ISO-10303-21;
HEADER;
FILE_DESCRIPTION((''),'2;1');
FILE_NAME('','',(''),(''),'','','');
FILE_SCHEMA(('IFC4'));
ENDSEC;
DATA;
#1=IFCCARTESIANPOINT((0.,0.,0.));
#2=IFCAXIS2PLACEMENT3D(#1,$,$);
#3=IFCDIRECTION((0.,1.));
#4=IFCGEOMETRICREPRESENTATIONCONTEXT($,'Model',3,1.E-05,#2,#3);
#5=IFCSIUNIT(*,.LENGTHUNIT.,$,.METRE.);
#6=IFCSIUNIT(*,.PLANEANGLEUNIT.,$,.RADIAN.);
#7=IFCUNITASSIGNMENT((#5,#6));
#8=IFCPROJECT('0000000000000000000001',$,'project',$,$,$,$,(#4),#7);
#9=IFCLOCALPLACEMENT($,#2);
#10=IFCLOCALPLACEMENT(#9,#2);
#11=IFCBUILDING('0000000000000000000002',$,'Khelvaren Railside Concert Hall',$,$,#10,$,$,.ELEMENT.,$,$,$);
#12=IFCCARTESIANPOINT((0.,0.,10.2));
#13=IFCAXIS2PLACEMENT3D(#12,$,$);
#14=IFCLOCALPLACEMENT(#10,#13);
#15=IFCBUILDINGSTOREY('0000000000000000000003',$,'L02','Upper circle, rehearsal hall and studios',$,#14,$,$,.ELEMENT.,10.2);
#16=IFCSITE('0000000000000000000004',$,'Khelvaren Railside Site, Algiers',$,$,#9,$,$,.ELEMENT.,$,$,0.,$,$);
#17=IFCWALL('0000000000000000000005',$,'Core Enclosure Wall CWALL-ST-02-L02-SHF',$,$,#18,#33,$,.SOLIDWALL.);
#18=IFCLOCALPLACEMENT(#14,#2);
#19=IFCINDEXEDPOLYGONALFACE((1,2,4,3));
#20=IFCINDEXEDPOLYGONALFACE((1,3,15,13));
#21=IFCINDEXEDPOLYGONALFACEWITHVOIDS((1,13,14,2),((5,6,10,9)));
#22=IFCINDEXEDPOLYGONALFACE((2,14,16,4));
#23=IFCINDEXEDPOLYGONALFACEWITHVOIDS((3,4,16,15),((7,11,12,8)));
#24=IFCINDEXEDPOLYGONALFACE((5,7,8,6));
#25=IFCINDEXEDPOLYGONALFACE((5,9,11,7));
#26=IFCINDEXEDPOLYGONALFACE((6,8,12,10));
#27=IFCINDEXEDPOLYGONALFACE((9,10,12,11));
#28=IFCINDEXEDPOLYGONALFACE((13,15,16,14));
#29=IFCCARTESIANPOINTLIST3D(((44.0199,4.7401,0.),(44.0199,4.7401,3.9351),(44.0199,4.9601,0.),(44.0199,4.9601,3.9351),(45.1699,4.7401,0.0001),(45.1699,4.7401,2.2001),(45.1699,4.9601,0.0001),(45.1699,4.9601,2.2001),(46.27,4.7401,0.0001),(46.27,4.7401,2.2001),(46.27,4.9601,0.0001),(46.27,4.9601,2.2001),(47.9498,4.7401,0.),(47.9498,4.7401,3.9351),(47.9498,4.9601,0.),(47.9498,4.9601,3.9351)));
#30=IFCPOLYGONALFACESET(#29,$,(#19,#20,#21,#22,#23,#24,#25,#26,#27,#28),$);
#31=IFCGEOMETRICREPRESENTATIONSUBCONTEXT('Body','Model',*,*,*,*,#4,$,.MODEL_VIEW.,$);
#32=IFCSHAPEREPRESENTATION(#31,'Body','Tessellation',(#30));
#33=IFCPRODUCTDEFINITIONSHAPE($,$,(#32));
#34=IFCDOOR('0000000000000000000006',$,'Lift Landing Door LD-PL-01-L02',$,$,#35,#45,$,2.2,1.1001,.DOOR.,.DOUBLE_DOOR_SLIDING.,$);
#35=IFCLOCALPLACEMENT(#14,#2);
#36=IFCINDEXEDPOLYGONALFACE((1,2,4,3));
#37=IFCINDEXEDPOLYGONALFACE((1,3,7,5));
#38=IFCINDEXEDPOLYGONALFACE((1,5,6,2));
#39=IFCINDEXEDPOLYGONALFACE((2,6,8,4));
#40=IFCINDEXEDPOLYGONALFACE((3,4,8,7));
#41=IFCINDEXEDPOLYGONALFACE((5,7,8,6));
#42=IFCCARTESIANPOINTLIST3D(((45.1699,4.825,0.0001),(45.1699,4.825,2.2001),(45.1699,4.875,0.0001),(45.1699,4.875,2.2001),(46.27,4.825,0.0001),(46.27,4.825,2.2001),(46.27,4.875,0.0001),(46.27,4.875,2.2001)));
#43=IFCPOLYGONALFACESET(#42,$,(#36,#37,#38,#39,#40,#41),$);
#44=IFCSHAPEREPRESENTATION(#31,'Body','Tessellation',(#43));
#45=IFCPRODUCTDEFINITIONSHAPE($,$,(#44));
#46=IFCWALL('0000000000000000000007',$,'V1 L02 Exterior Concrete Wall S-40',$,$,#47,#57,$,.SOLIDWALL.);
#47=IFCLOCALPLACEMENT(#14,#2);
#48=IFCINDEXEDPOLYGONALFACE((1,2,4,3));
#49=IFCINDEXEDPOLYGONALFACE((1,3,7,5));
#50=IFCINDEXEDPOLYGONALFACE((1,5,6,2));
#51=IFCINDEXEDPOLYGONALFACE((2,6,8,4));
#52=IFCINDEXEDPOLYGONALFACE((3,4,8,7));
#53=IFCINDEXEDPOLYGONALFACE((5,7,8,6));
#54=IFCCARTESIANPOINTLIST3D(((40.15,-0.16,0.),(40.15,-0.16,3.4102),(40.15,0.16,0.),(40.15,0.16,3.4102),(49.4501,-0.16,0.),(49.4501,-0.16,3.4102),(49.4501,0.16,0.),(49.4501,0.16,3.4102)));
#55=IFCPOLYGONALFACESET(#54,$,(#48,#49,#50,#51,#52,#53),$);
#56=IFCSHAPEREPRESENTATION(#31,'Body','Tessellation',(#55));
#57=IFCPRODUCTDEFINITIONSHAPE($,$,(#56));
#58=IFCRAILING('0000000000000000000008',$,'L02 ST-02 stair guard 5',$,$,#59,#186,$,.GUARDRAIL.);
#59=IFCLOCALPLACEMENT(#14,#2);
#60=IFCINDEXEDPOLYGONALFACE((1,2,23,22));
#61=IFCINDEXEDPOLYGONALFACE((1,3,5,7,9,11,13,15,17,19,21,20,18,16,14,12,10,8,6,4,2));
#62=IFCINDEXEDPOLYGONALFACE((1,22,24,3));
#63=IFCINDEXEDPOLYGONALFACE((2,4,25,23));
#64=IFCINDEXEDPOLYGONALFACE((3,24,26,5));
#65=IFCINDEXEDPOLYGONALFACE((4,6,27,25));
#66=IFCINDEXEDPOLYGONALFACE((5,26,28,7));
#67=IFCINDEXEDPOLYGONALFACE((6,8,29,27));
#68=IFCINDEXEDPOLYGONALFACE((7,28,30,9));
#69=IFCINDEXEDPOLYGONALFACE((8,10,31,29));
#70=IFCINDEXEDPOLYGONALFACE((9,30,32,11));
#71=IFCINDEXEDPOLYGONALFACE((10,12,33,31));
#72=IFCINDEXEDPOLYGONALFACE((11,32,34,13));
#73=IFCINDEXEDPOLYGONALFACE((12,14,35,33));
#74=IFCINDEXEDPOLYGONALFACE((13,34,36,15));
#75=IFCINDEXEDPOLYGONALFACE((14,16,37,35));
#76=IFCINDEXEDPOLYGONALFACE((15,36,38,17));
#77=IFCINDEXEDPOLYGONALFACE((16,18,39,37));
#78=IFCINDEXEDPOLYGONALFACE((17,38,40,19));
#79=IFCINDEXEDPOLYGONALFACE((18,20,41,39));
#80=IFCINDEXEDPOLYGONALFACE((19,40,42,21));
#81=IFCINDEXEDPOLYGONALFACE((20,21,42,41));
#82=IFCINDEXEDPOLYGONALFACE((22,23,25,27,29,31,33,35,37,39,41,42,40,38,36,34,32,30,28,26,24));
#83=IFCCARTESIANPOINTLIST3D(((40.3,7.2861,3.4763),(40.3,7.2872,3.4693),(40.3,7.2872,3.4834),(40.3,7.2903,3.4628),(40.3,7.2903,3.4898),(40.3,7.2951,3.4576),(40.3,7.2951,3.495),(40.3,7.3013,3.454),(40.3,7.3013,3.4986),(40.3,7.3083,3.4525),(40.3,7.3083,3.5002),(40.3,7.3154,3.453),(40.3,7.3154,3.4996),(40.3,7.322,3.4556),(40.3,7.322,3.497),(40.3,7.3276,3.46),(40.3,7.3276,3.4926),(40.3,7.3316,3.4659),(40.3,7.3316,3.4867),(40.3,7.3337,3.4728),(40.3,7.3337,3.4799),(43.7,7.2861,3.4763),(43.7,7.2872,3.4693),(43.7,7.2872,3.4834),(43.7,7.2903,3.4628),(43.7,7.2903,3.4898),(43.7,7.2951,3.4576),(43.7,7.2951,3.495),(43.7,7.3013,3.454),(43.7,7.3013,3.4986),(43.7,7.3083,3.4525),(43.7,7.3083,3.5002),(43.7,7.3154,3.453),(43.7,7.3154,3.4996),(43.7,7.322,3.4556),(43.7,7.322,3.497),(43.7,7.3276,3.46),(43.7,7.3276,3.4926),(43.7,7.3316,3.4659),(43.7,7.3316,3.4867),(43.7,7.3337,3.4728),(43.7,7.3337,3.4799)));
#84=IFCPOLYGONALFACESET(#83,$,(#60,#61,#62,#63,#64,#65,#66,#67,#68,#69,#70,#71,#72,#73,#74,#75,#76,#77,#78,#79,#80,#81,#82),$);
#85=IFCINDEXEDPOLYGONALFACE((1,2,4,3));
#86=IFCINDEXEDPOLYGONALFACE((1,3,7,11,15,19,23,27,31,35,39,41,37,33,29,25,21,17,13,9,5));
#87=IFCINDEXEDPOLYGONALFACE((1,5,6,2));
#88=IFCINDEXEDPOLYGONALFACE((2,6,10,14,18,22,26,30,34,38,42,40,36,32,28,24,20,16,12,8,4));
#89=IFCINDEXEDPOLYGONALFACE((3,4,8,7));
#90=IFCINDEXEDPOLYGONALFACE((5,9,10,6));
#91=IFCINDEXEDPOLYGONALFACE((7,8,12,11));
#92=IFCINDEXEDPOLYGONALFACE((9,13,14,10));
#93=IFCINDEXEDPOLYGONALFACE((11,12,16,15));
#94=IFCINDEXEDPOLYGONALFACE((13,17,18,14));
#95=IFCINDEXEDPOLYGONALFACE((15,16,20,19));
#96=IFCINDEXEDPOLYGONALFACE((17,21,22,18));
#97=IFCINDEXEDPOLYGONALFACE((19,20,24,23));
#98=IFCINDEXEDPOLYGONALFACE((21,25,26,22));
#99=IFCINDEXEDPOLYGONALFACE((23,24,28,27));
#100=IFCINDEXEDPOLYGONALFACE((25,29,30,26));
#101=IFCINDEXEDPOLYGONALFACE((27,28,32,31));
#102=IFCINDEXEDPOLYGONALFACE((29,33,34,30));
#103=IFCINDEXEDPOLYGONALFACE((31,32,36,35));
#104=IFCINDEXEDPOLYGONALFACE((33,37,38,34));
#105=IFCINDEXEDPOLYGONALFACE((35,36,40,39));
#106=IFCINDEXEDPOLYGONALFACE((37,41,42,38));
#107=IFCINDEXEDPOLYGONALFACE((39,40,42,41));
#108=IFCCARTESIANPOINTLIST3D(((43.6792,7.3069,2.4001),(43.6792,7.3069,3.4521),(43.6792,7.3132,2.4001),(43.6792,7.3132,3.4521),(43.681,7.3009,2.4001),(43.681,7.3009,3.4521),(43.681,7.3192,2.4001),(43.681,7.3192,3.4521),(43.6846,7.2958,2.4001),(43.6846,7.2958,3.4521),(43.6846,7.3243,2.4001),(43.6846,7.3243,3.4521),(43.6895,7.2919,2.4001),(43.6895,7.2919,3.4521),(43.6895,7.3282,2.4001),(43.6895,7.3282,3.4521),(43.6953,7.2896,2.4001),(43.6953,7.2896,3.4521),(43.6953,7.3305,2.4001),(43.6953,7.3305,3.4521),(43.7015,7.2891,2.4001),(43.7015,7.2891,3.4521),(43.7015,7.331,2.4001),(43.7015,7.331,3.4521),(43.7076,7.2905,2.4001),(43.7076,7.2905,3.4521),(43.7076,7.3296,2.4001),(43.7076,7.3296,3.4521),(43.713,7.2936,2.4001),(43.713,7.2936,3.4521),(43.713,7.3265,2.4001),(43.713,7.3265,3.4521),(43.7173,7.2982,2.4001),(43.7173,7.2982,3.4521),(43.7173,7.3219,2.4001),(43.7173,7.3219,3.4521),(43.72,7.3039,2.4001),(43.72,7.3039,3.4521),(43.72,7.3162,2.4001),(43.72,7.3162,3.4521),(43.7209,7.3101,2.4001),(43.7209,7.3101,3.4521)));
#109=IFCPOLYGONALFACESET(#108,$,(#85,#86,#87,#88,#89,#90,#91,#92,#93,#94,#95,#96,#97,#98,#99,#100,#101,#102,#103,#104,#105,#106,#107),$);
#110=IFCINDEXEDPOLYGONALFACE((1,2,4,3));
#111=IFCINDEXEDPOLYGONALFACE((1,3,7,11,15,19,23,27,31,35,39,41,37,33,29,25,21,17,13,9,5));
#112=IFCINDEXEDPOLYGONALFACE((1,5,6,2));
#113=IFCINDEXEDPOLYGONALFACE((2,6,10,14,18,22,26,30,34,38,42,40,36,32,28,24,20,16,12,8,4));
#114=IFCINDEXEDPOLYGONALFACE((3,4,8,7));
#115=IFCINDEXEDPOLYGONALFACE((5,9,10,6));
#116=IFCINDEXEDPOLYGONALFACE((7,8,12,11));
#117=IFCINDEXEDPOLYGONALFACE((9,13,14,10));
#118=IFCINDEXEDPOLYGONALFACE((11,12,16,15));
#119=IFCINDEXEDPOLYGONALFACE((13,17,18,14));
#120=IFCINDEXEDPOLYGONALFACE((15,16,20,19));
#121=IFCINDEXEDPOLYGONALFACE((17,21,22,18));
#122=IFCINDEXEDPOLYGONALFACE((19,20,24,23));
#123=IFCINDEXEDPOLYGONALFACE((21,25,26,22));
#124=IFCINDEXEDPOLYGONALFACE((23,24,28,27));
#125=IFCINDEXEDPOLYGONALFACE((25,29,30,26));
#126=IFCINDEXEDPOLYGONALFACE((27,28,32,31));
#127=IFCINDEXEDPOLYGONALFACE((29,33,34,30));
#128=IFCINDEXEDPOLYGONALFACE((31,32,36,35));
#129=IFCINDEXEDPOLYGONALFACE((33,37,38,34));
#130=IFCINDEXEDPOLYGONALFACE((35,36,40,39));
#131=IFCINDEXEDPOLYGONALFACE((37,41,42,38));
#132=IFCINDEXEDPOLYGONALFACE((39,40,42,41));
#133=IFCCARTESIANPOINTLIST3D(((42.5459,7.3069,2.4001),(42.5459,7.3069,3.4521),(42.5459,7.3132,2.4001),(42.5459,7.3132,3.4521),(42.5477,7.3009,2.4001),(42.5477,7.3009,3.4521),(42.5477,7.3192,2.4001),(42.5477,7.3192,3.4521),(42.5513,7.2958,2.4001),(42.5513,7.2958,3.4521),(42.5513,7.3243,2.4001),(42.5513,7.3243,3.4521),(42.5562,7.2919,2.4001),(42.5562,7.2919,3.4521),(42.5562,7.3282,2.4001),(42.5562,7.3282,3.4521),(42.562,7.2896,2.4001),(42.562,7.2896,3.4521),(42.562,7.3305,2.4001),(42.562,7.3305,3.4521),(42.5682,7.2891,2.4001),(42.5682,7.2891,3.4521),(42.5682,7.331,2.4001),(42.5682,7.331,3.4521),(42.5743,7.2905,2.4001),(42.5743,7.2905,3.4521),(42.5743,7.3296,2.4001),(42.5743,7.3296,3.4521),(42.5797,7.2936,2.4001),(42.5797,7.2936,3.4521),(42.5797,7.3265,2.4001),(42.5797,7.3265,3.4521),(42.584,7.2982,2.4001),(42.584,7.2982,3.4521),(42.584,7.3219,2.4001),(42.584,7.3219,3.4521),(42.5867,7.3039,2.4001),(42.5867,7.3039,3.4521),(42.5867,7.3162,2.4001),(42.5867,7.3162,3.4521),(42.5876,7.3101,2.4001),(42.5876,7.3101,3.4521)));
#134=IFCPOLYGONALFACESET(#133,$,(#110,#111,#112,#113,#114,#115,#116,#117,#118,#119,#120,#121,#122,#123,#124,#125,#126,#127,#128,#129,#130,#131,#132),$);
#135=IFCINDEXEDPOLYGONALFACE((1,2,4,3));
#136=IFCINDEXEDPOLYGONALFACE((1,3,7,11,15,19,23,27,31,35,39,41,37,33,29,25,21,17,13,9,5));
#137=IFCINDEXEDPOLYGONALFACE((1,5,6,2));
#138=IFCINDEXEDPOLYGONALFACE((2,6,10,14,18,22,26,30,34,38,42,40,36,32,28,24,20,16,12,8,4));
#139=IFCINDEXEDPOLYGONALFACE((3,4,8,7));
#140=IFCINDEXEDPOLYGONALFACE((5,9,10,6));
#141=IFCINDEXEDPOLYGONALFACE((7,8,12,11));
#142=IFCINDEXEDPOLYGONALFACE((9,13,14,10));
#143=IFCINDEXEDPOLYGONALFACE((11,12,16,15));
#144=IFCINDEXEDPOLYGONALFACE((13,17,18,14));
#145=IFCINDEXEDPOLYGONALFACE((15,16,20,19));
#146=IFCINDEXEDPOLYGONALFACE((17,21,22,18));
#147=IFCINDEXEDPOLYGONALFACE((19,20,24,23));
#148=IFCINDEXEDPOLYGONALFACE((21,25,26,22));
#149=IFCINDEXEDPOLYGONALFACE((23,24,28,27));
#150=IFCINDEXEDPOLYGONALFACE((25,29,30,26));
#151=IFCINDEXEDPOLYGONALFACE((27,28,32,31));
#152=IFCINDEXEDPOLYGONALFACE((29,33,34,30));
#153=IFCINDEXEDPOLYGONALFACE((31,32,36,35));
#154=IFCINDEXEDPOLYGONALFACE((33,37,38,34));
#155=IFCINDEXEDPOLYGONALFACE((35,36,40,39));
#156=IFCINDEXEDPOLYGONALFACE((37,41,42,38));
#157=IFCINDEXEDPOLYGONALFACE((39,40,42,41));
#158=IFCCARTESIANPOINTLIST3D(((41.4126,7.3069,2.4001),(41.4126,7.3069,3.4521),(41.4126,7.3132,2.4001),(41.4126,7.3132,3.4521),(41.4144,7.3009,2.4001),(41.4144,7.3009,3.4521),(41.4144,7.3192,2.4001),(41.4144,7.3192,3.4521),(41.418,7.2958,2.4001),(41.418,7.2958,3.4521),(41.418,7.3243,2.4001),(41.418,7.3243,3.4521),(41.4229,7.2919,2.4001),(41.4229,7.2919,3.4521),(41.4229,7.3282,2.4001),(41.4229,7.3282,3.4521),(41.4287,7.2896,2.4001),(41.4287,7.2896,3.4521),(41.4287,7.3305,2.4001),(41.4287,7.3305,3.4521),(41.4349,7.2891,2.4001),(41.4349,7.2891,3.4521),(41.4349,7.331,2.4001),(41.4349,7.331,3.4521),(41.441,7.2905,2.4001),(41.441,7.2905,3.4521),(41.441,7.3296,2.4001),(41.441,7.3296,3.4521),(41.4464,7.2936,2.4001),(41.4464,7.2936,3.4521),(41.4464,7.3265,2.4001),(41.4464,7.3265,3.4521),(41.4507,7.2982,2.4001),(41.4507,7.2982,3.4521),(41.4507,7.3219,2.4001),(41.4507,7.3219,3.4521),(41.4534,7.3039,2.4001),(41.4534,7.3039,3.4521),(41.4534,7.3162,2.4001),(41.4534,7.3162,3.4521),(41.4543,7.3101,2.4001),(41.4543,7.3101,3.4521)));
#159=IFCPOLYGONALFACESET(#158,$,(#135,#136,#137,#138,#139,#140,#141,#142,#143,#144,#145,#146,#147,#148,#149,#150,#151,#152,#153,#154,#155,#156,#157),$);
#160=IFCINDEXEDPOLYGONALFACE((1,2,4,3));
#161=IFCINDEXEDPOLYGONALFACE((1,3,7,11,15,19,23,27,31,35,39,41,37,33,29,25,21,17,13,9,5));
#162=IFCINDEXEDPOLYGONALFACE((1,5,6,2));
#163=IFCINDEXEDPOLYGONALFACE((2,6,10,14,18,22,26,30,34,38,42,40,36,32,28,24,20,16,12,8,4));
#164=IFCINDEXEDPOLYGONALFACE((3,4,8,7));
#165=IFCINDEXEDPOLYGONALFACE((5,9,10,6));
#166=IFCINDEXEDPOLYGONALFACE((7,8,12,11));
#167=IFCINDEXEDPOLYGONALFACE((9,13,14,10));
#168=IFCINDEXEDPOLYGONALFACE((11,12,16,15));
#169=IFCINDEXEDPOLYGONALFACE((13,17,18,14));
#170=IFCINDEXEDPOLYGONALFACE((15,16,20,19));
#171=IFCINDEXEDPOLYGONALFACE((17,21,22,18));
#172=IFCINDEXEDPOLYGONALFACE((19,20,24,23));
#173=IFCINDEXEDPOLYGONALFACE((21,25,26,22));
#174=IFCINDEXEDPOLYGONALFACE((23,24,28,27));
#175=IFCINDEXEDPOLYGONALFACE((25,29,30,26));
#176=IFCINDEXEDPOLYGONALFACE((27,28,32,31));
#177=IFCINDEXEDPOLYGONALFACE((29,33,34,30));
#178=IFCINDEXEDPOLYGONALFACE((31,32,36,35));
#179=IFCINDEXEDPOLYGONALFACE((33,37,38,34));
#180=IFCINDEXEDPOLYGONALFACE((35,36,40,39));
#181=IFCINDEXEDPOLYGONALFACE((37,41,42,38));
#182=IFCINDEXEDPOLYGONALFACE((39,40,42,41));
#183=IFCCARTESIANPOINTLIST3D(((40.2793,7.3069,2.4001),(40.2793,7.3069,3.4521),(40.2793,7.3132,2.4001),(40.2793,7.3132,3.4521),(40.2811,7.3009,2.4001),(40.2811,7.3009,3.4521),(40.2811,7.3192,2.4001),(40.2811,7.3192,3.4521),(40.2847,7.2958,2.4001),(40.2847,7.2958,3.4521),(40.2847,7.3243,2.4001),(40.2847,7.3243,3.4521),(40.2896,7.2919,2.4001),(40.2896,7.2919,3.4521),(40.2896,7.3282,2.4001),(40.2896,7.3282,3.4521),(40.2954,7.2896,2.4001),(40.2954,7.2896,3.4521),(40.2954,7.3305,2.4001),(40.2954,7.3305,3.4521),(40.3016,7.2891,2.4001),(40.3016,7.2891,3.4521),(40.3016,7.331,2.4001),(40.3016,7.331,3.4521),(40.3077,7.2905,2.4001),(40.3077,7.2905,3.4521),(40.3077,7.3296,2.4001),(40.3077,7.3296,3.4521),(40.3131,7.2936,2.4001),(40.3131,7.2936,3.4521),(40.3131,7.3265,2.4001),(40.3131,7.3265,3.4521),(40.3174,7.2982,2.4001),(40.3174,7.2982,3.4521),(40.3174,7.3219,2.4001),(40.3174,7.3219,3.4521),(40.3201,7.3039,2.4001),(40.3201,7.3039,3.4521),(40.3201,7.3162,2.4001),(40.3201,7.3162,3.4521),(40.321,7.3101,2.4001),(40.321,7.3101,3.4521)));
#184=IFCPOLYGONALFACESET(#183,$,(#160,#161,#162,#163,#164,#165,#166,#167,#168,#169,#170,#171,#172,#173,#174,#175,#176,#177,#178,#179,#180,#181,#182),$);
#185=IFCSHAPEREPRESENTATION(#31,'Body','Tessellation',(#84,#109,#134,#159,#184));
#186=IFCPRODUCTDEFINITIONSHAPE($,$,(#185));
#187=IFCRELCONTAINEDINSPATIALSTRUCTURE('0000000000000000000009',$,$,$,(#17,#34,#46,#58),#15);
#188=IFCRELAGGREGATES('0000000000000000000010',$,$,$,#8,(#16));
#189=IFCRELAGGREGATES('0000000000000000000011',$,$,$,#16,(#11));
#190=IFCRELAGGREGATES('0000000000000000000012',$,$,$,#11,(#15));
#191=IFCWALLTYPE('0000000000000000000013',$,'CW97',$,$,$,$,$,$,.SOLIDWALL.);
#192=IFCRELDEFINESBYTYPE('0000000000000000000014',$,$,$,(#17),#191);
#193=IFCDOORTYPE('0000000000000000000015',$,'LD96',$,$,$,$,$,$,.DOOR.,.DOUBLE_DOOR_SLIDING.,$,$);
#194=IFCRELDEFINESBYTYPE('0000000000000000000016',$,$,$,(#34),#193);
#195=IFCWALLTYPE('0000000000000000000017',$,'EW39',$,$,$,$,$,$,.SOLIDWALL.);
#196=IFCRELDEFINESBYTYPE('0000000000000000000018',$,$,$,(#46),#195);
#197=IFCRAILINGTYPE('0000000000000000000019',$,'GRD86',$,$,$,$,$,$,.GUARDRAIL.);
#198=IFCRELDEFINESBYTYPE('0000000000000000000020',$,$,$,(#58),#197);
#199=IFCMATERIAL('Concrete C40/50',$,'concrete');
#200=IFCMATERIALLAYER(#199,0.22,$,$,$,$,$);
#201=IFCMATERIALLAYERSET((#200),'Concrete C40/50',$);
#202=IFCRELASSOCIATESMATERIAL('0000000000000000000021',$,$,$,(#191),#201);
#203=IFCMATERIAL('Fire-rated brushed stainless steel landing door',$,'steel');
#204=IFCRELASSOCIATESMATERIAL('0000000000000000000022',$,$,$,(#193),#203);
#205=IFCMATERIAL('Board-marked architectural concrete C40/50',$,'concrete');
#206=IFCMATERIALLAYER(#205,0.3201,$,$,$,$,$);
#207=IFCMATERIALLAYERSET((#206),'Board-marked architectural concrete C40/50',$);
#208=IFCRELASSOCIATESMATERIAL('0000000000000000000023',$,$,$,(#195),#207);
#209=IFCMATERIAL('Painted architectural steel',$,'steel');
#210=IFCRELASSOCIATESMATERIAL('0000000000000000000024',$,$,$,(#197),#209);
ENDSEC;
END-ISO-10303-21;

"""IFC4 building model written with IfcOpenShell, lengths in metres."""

from ifc_helpers import new_model, si_unit, direction, frame, frame_2d, origin, origin_2d, place, context, subcontext, project, spatial, rectangle, circle, extrude, material, layer, layer_set, type_object, element, fill, save


model = new_model("IFC4")

# Units and contexts
model_context = context("Model", 3, precision=1e-05, world=origin(), true_north=direction((0.0, 1.0)))
body_context = subcontext(model_context, "Body", "Model", "MODEL_VIEW")
ifc_project = project(units=[si_unit("LENGTHUNIT", "METRE"), si_unit("PLANEANGLEUNIT", "RADIAN")], contexts=[model_context])

# Site, building, storey
site_placement = place(None, origin())
site = spatial("IfcSite", under=ifc_project, at=site_placement, Name="Khelvaren Railside Site, Algiers", CompositionType="ELEMENT", RefElevation=0.0)
building_placement = place(site_placement, origin())
building = spatial("IfcBuilding", under=site, at=building_placement, Name="Khelvaren Railside Concert Hall", CompositionType="ELEMENT")
storey_placement = place(building_placement, frame((0.0, 0.0, 10.2)))
storey = spatial("IfcBuildingStorey", under=building, at=storey_placement, Name="L02", Description="Upper circle, rehearsal hall and studios", CompositionType="ELEMENT", Elevation=10.2)

# Shared definitions
ifc_material_1 = material(Name="Concrete C40/50", Category="concrete")

# Wall, opening, door
ifc_layer_1 = layer(ifc_material_1, 0.22)
ifc_layer_set_1 = layer_set([ifc_layer_1], Name="Concrete C40/50")
wall_type_1 = type_object("IfcWallType", Name="CW97", PredefinedType="SOLIDWALL", material=ifc_layer_set_1)
wall_1_placement = place(storey_placement, frame((44.02, 4.8501, 0.0), z_axis=(0.0, 0.0, 1.0), x_axis=(1.0, 0.0, 0.0)))
wall_1 = element("IfcWall", 1, at=wall_1_placement, inside=storey, type_object=wall_type_1, Name="Core Enclosure Wall CWALL-ST-02-L02-SHF", PredefinedType="SOLIDWALL", context=body_context, shape_type="SweptSolid", body=[
    extrude(rectangle(XDim=3.9299, YDim=0.22, at=frame_2d((1.9648, 0.0))), origin(), (0.0, 0.0, 1.0), 3.9351),
])
opening_1_placement = place(wall_1_placement, frame((1.1499, 0.0, 0.0)))
opening_1 = element("IfcOpeningElement", 2, at=opening_1_placement, cuts=wall_1, PredefinedType="OPENING", context=body_context, shape_type="SweptSolid", body=[
    extrude(rectangle(XDim=1.1001, YDim=2.2, at=frame_2d((0.55, 1.1001))), frame((0.0, 0.1199, 0.0), z_axis=(0.0, -1.0, 0.0), x_axis=(1.0, 0.0, 0.0)), (0.0, 0.0, 1.0), 0.24),
])
ifc_material_2 = material(Name="Fire-rated brushed stainless steel landing door", Category="steel")
door_type_1 = type_object("IfcDoorType", Name="LD96", OperationType="DOUBLE_DOOR_SLIDING", PredefinedType="DOOR", material=ifc_material_2)
door_1_placement = place(opening_1_placement, origin())
door_1 = element("IfcDoor", 3, at=door_1_placement, inside=storey, type_object=door_type_1, Name="Lift Landing Door LD-PL-01-L02", OperationType="DOUBLE_DOOR_SLIDING", OverallHeight=2.2, OverallWidth=1.1001, PredefinedType="DOOR", context=body_context, shape_type="SweptSolid", body=[
    extrude(rectangle(XDim=1.1001, YDim=2.2, at=frame_2d((0.55, 1.1001))), frame((0.0, 0.0249, 0.0), z_axis=(0.0, -1.0, 0.0), x_axis=(1.0, 0.0, 0.0)), (0.0, 0.0, 1.0), 0.05),
])
fill(opening_1, door_1)

# Wall
ifc_material_3 = material(Name="Board-marked architectural concrete C40/50", Category="concrete")
ifc_layer_2 = layer(ifc_material_3, 0.3201)
ifc_layer_set_2 = layer_set([ifc_layer_2], Name="Board-marked architectural concrete C40/50")
wall_type_2 = type_object("IfcWallType", Name="EW39", PredefinedType="SOLIDWALL", material=ifc_layer_set_2)
wall_2_placement = place(storey_placement, frame((49.45, 0.0, 0.0), z_axis=(0.0, 0.0, 1.0), x_axis=(-1.0, 0.0, 0.0)))
element("IfcWall", 4, at=wall_2_placement, inside=storey, type_object=wall_type_2, Name="V1 L02 Exterior Concrete Wall S-40", PredefinedType="SOLIDWALL", context=body_context, shape_type="SweptSolid", body=[
    extrude(rectangle(XDim=9.3, YDim=0.3201, at=frame_2d((4.6499, 0.0))), origin(), (0.0, 0.0, 1.0), 3.4102),
])

# Railing
ifc_material_4 = material(Name="Painted architectural steel", Category="steel")
railing_type = type_object("IfcRailingType", Name="GRD86", PredefinedType="GUARDRAIL", material=ifc_material_4)
railing_1_placement = place(storey_placement, frame((43.7, 7.3101, 2.4001)))
element("IfcRailing", 5, at=railing_1_placement, inside=storey, type_object=railing_type, Name="L02 ST-02 stair guard 5", PredefinedType="GUARDRAIL", context=body_context, shape_type="SweptSolid", body=[
    extrude(circle(Radius=0.0239, at=origin_2d()), frame((0.0, 0.0, 1.0762), z_axis=(-1.0, 0.0, 0.0), x_axis=(0.0, -1.0, 0.0)), (0.0, 0.0, 1.0), 3.3999),
    extrude(circle(Radius=0.021, at=origin_2d()), origin(), (0.0, 0.0, 1.0), 1.052),
    extrude(circle(Radius=0.021, at=origin_2d()), frame((-1.1333, 0.0, 0.0)), (0.0, 0.0, 1.0), 1.052),
    extrude(circle(Radius=0.021, at=origin_2d()), frame((-2.2666, 0.0, 0.0)), (0.0, 0.0, 1.0), 1.052),
    extrude(circle(Radius=0.021, at=origin_2d()), frame((-3.3999, 0.0, 0.0)), (0.0, 0.0, 1.0), 1.052),
])

save(model, "model.ifc")
